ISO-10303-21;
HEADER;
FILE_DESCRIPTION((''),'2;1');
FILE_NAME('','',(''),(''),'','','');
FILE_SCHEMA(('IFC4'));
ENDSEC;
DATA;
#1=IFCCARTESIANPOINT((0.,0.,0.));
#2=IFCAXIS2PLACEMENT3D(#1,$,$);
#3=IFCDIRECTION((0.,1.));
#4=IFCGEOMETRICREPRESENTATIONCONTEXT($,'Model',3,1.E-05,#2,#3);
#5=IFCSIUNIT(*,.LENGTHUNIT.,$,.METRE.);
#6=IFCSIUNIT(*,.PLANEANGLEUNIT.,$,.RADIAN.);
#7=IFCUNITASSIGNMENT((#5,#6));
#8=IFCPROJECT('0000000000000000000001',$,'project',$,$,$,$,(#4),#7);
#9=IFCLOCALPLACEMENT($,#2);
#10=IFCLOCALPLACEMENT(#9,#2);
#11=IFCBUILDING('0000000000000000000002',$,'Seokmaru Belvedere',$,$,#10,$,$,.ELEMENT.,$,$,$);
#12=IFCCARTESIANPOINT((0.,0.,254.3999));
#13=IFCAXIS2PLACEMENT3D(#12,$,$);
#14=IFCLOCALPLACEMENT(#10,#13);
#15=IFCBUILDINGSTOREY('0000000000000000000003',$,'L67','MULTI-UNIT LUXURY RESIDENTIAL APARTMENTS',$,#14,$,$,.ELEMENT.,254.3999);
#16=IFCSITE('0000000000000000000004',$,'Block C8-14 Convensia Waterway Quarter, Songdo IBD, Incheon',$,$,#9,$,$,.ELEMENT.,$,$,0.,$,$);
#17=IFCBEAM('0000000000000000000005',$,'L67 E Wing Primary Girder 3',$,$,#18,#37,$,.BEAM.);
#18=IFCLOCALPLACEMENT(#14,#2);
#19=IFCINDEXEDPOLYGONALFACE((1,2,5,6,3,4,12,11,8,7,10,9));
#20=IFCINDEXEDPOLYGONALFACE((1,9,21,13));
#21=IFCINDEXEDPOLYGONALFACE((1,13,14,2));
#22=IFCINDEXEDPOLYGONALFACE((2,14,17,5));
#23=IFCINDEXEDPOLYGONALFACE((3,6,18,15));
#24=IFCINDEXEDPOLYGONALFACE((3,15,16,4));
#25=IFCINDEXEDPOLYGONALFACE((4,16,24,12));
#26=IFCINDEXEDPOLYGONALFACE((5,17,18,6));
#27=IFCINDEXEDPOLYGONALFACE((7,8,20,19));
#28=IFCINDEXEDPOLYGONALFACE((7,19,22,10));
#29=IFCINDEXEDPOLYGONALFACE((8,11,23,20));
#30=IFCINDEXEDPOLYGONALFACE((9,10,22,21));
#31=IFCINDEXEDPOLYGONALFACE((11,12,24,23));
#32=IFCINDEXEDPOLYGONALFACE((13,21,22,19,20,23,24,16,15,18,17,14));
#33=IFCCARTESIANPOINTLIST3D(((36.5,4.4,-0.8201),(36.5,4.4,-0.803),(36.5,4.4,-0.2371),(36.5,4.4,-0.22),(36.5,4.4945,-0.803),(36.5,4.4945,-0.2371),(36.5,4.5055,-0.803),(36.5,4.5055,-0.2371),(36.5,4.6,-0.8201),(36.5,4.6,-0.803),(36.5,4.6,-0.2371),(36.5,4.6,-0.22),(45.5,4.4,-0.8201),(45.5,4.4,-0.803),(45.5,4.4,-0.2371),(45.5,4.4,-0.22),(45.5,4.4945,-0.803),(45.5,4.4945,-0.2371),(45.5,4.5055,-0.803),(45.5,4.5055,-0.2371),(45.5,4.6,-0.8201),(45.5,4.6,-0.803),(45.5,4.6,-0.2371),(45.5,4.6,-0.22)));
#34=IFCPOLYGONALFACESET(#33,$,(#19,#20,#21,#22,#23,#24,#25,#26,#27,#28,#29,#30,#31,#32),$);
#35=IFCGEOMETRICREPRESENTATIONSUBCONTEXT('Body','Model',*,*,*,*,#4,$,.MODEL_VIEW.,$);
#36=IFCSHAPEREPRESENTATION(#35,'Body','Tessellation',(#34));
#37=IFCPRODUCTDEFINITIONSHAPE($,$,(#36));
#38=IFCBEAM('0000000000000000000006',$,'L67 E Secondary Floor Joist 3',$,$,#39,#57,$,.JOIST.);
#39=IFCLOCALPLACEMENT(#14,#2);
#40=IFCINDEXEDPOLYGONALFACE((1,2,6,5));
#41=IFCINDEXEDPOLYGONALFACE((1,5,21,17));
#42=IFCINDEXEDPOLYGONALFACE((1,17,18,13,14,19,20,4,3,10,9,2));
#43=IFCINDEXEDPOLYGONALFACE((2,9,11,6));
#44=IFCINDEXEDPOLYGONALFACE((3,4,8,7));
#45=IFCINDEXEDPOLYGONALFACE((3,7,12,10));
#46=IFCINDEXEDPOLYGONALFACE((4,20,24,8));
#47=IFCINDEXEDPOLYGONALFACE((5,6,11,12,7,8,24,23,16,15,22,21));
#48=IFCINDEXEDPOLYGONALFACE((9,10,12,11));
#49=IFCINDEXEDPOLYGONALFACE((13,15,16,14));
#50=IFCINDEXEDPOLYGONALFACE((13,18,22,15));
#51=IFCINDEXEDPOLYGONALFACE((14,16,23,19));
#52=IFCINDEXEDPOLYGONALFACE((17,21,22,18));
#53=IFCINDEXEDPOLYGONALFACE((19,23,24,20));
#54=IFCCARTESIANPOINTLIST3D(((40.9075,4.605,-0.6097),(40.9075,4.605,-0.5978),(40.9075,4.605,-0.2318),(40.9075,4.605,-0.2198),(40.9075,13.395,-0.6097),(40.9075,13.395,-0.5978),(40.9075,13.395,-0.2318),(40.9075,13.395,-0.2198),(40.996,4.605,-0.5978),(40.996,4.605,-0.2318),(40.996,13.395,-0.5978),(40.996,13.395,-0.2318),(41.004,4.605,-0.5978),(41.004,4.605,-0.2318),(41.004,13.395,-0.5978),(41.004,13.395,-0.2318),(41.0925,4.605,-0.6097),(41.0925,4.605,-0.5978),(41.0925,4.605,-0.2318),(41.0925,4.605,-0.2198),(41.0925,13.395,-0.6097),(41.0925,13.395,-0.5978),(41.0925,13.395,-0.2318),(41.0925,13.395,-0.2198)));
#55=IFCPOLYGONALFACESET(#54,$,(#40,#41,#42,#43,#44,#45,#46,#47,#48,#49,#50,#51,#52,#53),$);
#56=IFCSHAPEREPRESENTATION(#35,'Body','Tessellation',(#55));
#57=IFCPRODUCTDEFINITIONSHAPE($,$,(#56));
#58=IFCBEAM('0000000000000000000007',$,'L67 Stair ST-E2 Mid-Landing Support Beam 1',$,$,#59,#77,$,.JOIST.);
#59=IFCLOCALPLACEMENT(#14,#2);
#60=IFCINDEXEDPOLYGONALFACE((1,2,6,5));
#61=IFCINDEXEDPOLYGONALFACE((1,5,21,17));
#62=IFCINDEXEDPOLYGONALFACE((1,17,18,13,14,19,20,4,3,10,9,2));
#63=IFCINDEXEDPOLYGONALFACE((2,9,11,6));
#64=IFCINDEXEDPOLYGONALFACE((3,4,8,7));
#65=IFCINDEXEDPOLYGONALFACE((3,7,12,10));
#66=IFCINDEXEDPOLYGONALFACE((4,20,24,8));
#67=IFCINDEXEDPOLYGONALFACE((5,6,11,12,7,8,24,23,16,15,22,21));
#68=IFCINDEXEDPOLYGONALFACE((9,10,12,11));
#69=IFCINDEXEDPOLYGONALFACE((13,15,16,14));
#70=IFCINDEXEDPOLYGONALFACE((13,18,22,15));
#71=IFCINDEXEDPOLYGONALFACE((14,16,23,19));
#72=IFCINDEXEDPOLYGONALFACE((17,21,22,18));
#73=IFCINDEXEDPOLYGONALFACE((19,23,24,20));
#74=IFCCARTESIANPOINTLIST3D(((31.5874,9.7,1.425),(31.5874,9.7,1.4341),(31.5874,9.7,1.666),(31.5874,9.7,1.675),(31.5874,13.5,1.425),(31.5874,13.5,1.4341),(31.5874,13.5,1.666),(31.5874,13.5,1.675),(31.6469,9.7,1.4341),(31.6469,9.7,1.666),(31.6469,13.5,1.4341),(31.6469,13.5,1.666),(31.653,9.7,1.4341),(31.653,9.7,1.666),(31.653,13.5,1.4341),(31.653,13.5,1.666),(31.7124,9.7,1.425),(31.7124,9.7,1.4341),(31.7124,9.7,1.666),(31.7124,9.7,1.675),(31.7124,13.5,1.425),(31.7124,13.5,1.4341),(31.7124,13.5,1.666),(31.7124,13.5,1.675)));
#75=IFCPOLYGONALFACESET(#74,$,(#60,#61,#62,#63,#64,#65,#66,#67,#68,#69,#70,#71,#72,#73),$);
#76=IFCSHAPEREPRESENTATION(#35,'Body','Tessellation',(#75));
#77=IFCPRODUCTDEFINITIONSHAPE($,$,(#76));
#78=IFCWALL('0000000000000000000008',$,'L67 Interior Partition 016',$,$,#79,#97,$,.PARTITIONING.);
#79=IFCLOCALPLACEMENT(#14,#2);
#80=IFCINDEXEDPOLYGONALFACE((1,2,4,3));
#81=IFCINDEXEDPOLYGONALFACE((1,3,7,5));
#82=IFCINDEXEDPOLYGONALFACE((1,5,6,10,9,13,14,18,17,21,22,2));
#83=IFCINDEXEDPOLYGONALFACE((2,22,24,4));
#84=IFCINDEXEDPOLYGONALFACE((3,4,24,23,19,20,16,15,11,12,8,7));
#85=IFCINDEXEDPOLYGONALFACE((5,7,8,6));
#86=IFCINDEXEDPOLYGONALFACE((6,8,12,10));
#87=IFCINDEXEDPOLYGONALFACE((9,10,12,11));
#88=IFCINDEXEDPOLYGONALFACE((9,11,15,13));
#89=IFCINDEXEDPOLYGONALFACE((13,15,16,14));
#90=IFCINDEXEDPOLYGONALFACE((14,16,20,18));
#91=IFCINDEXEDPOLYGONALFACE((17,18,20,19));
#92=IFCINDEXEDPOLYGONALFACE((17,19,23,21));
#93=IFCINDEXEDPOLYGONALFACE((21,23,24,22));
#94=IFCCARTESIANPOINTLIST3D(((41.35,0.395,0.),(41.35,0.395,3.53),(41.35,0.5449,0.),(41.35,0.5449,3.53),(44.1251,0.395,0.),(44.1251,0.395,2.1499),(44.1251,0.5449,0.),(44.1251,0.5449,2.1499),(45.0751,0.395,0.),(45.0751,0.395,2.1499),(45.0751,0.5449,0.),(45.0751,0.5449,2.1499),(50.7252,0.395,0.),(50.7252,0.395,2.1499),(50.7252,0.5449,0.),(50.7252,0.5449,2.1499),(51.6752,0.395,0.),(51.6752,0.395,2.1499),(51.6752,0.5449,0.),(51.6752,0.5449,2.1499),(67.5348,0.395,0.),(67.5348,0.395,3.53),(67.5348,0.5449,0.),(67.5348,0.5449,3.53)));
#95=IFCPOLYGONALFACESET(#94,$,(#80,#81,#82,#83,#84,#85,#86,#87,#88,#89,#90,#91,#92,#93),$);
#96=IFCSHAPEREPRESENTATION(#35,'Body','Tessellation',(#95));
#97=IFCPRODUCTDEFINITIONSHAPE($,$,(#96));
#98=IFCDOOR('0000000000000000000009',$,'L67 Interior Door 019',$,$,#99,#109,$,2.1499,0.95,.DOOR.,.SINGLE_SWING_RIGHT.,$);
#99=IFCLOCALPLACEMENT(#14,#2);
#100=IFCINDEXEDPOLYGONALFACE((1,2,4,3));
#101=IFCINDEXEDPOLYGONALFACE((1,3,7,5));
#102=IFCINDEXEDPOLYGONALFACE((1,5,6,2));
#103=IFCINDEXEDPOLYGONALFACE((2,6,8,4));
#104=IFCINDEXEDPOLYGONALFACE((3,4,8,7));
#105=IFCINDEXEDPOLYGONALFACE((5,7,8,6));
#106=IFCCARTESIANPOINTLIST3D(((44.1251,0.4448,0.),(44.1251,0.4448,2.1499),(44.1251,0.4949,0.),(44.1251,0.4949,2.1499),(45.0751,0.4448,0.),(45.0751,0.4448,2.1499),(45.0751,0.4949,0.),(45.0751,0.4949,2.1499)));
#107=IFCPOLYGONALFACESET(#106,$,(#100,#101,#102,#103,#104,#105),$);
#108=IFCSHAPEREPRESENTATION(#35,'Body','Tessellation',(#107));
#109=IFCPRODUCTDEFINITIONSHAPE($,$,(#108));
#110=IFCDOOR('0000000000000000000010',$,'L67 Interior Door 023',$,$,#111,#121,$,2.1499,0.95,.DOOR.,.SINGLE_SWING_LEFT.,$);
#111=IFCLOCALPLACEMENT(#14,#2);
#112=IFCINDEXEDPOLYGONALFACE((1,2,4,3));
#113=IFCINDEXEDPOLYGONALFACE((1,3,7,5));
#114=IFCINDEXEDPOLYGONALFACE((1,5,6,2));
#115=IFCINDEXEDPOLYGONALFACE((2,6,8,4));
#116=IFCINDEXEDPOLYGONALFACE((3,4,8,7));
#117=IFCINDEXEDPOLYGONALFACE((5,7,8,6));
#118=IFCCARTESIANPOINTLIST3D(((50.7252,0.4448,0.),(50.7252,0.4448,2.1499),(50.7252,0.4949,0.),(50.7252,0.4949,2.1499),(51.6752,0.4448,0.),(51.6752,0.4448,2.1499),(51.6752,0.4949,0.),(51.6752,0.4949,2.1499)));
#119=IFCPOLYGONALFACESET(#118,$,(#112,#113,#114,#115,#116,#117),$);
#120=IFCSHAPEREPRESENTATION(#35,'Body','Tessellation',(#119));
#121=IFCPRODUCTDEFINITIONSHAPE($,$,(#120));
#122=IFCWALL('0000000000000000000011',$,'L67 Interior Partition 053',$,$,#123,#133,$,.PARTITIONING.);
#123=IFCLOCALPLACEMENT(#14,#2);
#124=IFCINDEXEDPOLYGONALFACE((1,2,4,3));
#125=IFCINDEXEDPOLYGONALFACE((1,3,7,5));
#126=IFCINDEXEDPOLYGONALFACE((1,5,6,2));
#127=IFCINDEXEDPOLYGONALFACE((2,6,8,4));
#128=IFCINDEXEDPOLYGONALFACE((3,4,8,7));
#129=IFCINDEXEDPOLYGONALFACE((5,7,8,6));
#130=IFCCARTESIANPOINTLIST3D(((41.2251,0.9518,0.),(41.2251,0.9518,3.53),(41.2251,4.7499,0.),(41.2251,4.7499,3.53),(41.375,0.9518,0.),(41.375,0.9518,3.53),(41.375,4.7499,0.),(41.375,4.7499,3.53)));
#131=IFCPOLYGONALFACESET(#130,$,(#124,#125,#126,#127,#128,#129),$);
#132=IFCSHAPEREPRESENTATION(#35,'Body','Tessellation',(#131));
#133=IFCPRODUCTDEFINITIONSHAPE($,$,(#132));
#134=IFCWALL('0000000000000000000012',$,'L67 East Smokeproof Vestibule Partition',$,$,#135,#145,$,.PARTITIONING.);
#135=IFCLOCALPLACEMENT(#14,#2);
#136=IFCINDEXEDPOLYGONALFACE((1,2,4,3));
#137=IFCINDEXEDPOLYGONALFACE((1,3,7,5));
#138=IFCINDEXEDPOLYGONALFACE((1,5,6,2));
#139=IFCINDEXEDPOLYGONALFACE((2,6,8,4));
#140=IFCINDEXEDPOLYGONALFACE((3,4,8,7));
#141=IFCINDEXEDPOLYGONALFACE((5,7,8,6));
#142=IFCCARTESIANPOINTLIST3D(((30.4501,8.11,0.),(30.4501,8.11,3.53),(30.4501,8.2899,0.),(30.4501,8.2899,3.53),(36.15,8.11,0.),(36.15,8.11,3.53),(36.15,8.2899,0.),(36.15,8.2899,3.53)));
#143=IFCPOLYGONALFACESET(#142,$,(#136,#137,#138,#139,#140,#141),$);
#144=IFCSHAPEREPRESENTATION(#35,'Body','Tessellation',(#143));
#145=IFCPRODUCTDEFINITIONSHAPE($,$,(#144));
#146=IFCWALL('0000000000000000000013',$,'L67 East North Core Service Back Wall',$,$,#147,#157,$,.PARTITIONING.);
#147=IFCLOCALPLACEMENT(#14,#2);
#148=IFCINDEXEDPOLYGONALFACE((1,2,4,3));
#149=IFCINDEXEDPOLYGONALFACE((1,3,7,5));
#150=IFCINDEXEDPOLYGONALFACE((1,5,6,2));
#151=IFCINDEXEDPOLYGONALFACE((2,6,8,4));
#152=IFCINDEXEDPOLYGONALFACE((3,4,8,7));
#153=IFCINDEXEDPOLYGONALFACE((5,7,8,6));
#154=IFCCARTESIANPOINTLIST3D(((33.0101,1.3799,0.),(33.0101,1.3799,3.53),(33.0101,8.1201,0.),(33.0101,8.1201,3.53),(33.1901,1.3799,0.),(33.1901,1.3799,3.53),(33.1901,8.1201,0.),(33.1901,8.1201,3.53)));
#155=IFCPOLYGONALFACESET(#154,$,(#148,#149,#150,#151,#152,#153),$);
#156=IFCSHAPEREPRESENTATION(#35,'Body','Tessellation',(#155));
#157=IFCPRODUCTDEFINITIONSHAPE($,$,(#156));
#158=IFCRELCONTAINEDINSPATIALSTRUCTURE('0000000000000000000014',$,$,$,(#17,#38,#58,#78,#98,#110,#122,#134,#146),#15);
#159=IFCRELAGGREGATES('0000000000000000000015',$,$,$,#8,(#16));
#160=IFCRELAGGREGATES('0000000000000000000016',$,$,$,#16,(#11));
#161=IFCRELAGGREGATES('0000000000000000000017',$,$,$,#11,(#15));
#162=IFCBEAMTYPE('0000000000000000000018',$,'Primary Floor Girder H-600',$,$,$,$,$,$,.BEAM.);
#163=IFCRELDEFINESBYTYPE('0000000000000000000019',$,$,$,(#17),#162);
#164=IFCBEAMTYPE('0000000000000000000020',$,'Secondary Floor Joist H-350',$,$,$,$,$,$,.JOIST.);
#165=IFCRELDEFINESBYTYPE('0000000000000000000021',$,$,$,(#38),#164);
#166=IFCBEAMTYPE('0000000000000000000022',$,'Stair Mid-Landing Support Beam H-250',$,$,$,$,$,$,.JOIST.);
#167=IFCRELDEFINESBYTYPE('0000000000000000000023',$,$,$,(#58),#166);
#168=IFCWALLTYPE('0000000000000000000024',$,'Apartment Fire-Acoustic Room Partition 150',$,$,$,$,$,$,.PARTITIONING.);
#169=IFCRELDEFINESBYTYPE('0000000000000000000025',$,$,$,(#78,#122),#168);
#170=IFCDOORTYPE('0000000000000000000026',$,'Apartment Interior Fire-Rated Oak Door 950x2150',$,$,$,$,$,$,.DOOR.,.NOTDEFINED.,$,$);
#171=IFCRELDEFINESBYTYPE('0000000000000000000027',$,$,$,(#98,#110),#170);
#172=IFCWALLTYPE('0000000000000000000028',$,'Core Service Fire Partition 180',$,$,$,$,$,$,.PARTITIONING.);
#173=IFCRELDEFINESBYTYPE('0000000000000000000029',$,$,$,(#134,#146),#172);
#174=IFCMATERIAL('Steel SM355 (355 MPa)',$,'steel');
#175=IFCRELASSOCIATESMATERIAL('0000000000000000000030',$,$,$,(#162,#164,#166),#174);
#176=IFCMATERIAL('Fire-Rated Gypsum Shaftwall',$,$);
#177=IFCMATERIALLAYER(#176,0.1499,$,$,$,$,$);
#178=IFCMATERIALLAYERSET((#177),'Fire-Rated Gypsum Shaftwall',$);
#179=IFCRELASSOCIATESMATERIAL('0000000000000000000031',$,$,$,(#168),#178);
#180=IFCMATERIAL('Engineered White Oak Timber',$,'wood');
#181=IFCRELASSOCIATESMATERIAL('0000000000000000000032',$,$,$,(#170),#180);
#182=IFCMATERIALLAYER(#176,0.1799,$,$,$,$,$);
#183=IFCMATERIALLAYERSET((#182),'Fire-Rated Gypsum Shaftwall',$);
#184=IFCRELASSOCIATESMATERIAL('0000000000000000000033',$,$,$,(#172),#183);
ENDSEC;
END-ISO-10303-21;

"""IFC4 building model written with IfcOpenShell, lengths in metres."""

from ifc_helpers import new_model, si_unit, direction, frame, frame_2d, origin, origin_2d, place, context, subcontext, project, spatial, rectangle, i_section, extrude, source, transform, mapped, material, layer, layer_set, material_profile, profile_set, type_object, type_shapes, element, fill, save


model = new_model("IFC4")

# Units and contexts
model_context = context("Model", 3, precision=1e-05, world=origin(), true_north=direction((0.0, 1.0)))
body_context = subcontext(model_context, "Body", "Model", "MODEL_VIEW")
ifc_project = project(units=[si_unit("LENGTHUNIT", "METRE"), si_unit("PLANEANGLEUNIT", "RADIAN")], contexts=[model_context])

# Site, building, storey
site_placement = place(None, origin())
site = spatial("IfcSite", under=ifc_project, at=site_placement, Name="Block C8-14 Convensia Waterway Quarter, Songdo IBD, Incheon", CompositionType="ELEMENT", RefElevation=0.0)
building_placement = place(site_placement, origin())
building = spatial("IfcBuilding", under=site, at=building_placement, Name="Seokmaru Belvedere", CompositionType="ELEMENT")
storey_placement = place(building_placement, frame((0.0, 0.0, 254.3999)))
storey = spatial("IfcBuildingStorey", under=building, at=storey_placement, Name="L67", Description="MULTI-UNIT LUXURY RESIDENTIAL APARTMENTS", CompositionType="ELEMENT", Elevation=254.3999)

# Beams
ifc_material_1 = material(Name="Steel SM355 (355 MPa)", Category="steel")
ifc_material_profile_1 = material_profile(ifc_material_1, i_section(OverallWidth=0.2, OverallDepth=0.6001, WebThickness=0.011, FlangeThickness=0.0171, at=origin_2d()), Name="H-600x200x11x17")
ifc_profile_set_1 = profile_set([ifc_material_profile_1], Name="Steel SM355 (355 MPa)")
beam_type_1 = type_object("IfcBeamType", Name="Primary Floor Girder H-600", PredefinedType="BEAM", material=ifc_profile_set_1)
shared_shape_1 = source(origin(), body_context, "Body", "SweptSolid", [
    extrude(i_section(OverallWidth=0.2, OverallDepth=0.6001, WebThickness=0.011, FlangeThickness=0.0171, at=origin_2d()), origin(), (0.0, 0.0, 1.0), 9.0),
])
type_shapes(beam_type_1, [shared_shape_1])
beam_1_placement = place(storey_placement, frame((36.5, 4.5, -0.52), z_axis=(1.0, 0.0, 0.0), x_axis=(0.0, 1.0, 0.0)))
element("IfcBeam", 1, at=beam_1_placement, inside=storey, type_object=beam_type_1, Name="L67 E Wing Primary Girder 3", PredefinedType="BEAM", context=body_context, shape_type="MappedRepresentation", body=[
    mapped(shared_shape_1, transform((0.0, 0.0, 0.0), scale=1.0)),
])
ifc_material_profile_2 = material_profile(ifc_material_1, i_section(OverallWidth=0.1851, OverallDepth=0.3899, WebThickness=0.0081, FlangeThickness=0.012, at=origin_2d()), Name="H-390x185x8x12")
ifc_profile_set_2 = profile_set([ifc_material_profile_2], Name="Steel SM355 (355 MPa)")
beam_type_2 = type_object("IfcBeamType", Name="Secondary Floor Joist H-350", PredefinedType="JOIST", material=ifc_profile_set_2)
shared_shape_2 = source(origin(), body_context, "Body", "SweptSolid", [
    extrude(i_section(OverallWidth=0.1851, OverallDepth=0.3899, WebThickness=0.0081, FlangeThickness=0.012, at=origin_2d()), origin(), (0.0, 0.0, 1.0), 8.79),
])
type_shapes(beam_type_2, [shared_shape_2])
beam_2_placement = place(storey_placement, frame((41.0, 4.605, -0.4148), z_axis=(0.0, 1.0, 0.0), x_axis=(-1.0, 0.0, 0.0)))
element("IfcBeam", 2, at=beam_2_placement, inside=storey, type_object=beam_type_2, Name="L67 E Secondary Floor Joist 3", PredefinedType="JOIST", context=body_context, shape_type="MappedRepresentation", body=[
    mapped(shared_shape_2, transform((0.0, 0.0, 0.0), scale=1.0)),
])
ifc_material_profile_3 = material_profile(ifc_material_1, i_section(OverallWidth=0.125, OverallDepth=0.25, WebThickness=0.0061, FlangeThickness=0.009, at=origin_2d()), Name="H-250x125x6x9")
ifc_profile_set_3 = profile_set([ifc_material_profile_3], Name="Steel SM355 (355 MPa)")
beam_type_3 = type_object("IfcBeamType", Name="Stair Mid-Landing Support Beam H-250", PredefinedType="JOIST", material=ifc_profile_set_3)
shared_shape_3 = source(origin(), body_context, "Body", "SweptSolid", [
    extrude(i_section(OverallWidth=0.125, OverallDepth=0.25, WebThickness=0.0061, FlangeThickness=0.009, at=origin_2d()), origin(), (0.0, 0.0, 1.0), 3.8),
])
type_shapes(beam_type_3, [shared_shape_3])
beam_3_placement = place(storey_placement, frame((31.6499, 9.7, 1.55), z_axis=(0.0, 1.0, 0.0), x_axis=(-1.0, 0.0, 0.0)))
element("IfcBeam", 3, at=beam_3_placement, inside=storey, type_object=beam_type_3, Name="L67 Stair ST-E2 Mid-Landing Support Beam 1", PredefinedType="JOIST", context=body_context, shape_type="MappedRepresentation", body=[
    mapped(shared_shape_3, transform((0.0, 0.0, 0.0), scale=1.0)),
])

# Wall, openings, doors
ifc_material_2 = material(Name="Fire-Rated Gypsum Shaftwall")
ifc_layer_1 = layer(ifc_material_2, 0.1499)
ifc_layer_set_1 = layer_set([ifc_layer_1], Name="Fire-Rated Gypsum Shaftwall")
wall_type_1 = type_object("IfcWallType", Name="Apartment Fire-Acoustic Room Partition 150", PredefinedType="PARTITIONING", material=ifc_layer_set_1)
wall_1_placement = place(storey_placement, frame((41.3501, 0.47, 0.0), z_axis=(0.0, 0.0, 1.0), x_axis=(1.0, 0.0, 0.0)))
wall_1 = element("IfcWall", 4, at=wall_1_placement, inside=storey, type_object=wall_type_1, Name="L67 Interior Partition 016", PredefinedType="PARTITIONING", context=body_context, shape_type="SweptSolid", body=[
    extrude(rectangle(XDim=26.1848, YDim=0.1499, at=frame_2d((13.0923, 0.0))), origin(), (0.0, 0.0, 1.0), 3.53),
])
opening_1_placement = place(wall_1_placement, frame((2.7749, 0.0, 0.0)))
opening_1 = element("IfcOpeningElement", 5, at=opening_1_placement, cuts=wall_1, PredefinedType="OPENING", context=body_context, shape_type="SweptSolid", body=[
    extrude(rectangle(XDim=0.95, YDim=2.1499, at=frame_2d((0.4751, 1.075))), frame((0.0, 0.085, 0.0), z_axis=(0.0, -1.0, 0.0), x_axis=(1.0, 0.0, 0.0)), (0.0, 0.0, 1.0), 0.1699),
])
opening_2_placement = place(wall_1_placement, frame((9.375, 0.0, 0.0)))
opening_2 = element("IfcOpeningElement", 6, at=opening_2_placement, cuts=wall_1, PredefinedType="OPENING", context=body_context, shape_type="SweptSolid", body=[
    extrude(rectangle(XDim=0.95, YDim=2.1499, at=frame_2d((0.4751, 1.075))), frame((0.0, 0.085, 0.0), z_axis=(0.0, -1.0, 0.0), x_axis=(1.0, 0.0, 0.0)), (0.0, 0.0, 1.0), 0.1699),
])
ifc_material_3 = material(Name="Engineered White Oak Timber", Category="wood")
door_type_1 = type_object("IfcDoorType", Name="Apartment Interior Fire-Rated Oak Door 950x2150", OperationType="NOTDEFINED", PredefinedType="DOOR", material=ifc_material_3)
shared_shape_4 = source(origin(), body_context, "Body", "SweptSolid", [
    extrude(rectangle(XDim=0.95, YDim=2.1499, at=frame_2d((0.4751, 1.075))), frame((0.0, 0.0249, 0.0), z_axis=(0.0, -1.0, 0.0), x_axis=(1.0, 0.0, 0.0)), (0.0, 0.0, 1.0), 0.05),
])
type_shapes(door_type_1, [shared_shape_4])
door_1_placement = place(opening_1_placement, origin())
door_1 = element("IfcDoor", 7, at=door_1_placement, inside=storey, type_object=door_type_1, Name="L67 Interior Door 019", OperationType="SINGLE_SWING_RIGHT", OverallHeight=2.1499, OverallWidth=0.95, PredefinedType="DOOR", context=body_context, shape_type="MappedRepresentation", body=[
    mapped(shared_shape_4, transform((0.0, 0.0, 0.0), scale=1.0)),
])
fill(opening_1, door_1)
door_2_placement = place(opening_2_placement, origin())
door_2 = element("IfcDoor", 8, at=door_2_placement, inside=storey, type_object=door_type_1, Name="L67 Interior Door 023", OperationType="SINGLE_SWING_LEFT", OverallHeight=2.1499, OverallWidth=0.95, PredefinedType="DOOR", context=body_context, shape_type="MappedRepresentation", body=[
    mapped(shared_shape_4, transform((0.0, 0.0, 0.0), scale=1.0)),
])
fill(opening_2, door_2)

# Walls
wall_2_placement = place(storey_placement, frame((41.3, 0.9519, 0.0), z_axis=(0.0, 0.0, 1.0), x_axis=(0.0, 1.0, 0.0)))
element("IfcWall", 9, at=wall_2_placement, inside=storey, type_object=wall_type_1, Name="L67 Interior Partition 053", PredefinedType="PARTITIONING", context=body_context, shape_type="SweptSolid", body=[
    extrude(rectangle(XDim=3.7981, YDim=0.1499, at=frame_2d((1.8989, 0.0))), origin(), (0.0, 0.0, 1.0), 3.53),
])
ifc_layer_2 = layer(ifc_material_2, 0.1799)
ifc_layer_set_2 = layer_set([ifc_layer_2], Name="Fire-Rated Gypsum Shaftwall")
wall_type_2 = type_object("IfcWallType", Name="Core Service Fire Partition 180", PredefinedType="PARTITIONING", material=ifc_layer_set_2)
wall_3_placement = place(storey_placement, frame((30.45, 8.2, 0.0), z_axis=(0.0, 0.0, 1.0), x_axis=(1.0, 0.0, 0.0)))
element("IfcWall", 10, at=wall_3_placement, inside=storey, type_object=wall_type_2, Name="L67 East Smokeproof Vestibule Partition", PredefinedType="PARTITIONING", context=body_context, shape_type="SweptSolid", body=[
    extrude(rectangle(XDim=5.7, YDim=0.1799, at=frame_2d((2.8501, 0.0))), origin(), (0.0, 0.0, 1.0), 3.53),
])
wall_4_placement = place(storey_placement, frame((33.1001, 1.3799, 0.0), z_axis=(0.0, 0.0, 1.0), x_axis=(0.0, 1.0, 0.0)))
element("IfcWall", 11, at=wall_4_placement, inside=storey, type_object=wall_type_2, Name="L67 East North Core Service Back Wall", PredefinedType="PARTITIONING", context=body_context, shape_type="SweptSolid", body=[
    extrude(rectangle(XDim=6.7402, YDim=0.1799, at=frame_2d((3.3701, 0.0))), origin(), (0.0, 0.0, 1.0), 3.53),
])

save(model, "model.ifc")
